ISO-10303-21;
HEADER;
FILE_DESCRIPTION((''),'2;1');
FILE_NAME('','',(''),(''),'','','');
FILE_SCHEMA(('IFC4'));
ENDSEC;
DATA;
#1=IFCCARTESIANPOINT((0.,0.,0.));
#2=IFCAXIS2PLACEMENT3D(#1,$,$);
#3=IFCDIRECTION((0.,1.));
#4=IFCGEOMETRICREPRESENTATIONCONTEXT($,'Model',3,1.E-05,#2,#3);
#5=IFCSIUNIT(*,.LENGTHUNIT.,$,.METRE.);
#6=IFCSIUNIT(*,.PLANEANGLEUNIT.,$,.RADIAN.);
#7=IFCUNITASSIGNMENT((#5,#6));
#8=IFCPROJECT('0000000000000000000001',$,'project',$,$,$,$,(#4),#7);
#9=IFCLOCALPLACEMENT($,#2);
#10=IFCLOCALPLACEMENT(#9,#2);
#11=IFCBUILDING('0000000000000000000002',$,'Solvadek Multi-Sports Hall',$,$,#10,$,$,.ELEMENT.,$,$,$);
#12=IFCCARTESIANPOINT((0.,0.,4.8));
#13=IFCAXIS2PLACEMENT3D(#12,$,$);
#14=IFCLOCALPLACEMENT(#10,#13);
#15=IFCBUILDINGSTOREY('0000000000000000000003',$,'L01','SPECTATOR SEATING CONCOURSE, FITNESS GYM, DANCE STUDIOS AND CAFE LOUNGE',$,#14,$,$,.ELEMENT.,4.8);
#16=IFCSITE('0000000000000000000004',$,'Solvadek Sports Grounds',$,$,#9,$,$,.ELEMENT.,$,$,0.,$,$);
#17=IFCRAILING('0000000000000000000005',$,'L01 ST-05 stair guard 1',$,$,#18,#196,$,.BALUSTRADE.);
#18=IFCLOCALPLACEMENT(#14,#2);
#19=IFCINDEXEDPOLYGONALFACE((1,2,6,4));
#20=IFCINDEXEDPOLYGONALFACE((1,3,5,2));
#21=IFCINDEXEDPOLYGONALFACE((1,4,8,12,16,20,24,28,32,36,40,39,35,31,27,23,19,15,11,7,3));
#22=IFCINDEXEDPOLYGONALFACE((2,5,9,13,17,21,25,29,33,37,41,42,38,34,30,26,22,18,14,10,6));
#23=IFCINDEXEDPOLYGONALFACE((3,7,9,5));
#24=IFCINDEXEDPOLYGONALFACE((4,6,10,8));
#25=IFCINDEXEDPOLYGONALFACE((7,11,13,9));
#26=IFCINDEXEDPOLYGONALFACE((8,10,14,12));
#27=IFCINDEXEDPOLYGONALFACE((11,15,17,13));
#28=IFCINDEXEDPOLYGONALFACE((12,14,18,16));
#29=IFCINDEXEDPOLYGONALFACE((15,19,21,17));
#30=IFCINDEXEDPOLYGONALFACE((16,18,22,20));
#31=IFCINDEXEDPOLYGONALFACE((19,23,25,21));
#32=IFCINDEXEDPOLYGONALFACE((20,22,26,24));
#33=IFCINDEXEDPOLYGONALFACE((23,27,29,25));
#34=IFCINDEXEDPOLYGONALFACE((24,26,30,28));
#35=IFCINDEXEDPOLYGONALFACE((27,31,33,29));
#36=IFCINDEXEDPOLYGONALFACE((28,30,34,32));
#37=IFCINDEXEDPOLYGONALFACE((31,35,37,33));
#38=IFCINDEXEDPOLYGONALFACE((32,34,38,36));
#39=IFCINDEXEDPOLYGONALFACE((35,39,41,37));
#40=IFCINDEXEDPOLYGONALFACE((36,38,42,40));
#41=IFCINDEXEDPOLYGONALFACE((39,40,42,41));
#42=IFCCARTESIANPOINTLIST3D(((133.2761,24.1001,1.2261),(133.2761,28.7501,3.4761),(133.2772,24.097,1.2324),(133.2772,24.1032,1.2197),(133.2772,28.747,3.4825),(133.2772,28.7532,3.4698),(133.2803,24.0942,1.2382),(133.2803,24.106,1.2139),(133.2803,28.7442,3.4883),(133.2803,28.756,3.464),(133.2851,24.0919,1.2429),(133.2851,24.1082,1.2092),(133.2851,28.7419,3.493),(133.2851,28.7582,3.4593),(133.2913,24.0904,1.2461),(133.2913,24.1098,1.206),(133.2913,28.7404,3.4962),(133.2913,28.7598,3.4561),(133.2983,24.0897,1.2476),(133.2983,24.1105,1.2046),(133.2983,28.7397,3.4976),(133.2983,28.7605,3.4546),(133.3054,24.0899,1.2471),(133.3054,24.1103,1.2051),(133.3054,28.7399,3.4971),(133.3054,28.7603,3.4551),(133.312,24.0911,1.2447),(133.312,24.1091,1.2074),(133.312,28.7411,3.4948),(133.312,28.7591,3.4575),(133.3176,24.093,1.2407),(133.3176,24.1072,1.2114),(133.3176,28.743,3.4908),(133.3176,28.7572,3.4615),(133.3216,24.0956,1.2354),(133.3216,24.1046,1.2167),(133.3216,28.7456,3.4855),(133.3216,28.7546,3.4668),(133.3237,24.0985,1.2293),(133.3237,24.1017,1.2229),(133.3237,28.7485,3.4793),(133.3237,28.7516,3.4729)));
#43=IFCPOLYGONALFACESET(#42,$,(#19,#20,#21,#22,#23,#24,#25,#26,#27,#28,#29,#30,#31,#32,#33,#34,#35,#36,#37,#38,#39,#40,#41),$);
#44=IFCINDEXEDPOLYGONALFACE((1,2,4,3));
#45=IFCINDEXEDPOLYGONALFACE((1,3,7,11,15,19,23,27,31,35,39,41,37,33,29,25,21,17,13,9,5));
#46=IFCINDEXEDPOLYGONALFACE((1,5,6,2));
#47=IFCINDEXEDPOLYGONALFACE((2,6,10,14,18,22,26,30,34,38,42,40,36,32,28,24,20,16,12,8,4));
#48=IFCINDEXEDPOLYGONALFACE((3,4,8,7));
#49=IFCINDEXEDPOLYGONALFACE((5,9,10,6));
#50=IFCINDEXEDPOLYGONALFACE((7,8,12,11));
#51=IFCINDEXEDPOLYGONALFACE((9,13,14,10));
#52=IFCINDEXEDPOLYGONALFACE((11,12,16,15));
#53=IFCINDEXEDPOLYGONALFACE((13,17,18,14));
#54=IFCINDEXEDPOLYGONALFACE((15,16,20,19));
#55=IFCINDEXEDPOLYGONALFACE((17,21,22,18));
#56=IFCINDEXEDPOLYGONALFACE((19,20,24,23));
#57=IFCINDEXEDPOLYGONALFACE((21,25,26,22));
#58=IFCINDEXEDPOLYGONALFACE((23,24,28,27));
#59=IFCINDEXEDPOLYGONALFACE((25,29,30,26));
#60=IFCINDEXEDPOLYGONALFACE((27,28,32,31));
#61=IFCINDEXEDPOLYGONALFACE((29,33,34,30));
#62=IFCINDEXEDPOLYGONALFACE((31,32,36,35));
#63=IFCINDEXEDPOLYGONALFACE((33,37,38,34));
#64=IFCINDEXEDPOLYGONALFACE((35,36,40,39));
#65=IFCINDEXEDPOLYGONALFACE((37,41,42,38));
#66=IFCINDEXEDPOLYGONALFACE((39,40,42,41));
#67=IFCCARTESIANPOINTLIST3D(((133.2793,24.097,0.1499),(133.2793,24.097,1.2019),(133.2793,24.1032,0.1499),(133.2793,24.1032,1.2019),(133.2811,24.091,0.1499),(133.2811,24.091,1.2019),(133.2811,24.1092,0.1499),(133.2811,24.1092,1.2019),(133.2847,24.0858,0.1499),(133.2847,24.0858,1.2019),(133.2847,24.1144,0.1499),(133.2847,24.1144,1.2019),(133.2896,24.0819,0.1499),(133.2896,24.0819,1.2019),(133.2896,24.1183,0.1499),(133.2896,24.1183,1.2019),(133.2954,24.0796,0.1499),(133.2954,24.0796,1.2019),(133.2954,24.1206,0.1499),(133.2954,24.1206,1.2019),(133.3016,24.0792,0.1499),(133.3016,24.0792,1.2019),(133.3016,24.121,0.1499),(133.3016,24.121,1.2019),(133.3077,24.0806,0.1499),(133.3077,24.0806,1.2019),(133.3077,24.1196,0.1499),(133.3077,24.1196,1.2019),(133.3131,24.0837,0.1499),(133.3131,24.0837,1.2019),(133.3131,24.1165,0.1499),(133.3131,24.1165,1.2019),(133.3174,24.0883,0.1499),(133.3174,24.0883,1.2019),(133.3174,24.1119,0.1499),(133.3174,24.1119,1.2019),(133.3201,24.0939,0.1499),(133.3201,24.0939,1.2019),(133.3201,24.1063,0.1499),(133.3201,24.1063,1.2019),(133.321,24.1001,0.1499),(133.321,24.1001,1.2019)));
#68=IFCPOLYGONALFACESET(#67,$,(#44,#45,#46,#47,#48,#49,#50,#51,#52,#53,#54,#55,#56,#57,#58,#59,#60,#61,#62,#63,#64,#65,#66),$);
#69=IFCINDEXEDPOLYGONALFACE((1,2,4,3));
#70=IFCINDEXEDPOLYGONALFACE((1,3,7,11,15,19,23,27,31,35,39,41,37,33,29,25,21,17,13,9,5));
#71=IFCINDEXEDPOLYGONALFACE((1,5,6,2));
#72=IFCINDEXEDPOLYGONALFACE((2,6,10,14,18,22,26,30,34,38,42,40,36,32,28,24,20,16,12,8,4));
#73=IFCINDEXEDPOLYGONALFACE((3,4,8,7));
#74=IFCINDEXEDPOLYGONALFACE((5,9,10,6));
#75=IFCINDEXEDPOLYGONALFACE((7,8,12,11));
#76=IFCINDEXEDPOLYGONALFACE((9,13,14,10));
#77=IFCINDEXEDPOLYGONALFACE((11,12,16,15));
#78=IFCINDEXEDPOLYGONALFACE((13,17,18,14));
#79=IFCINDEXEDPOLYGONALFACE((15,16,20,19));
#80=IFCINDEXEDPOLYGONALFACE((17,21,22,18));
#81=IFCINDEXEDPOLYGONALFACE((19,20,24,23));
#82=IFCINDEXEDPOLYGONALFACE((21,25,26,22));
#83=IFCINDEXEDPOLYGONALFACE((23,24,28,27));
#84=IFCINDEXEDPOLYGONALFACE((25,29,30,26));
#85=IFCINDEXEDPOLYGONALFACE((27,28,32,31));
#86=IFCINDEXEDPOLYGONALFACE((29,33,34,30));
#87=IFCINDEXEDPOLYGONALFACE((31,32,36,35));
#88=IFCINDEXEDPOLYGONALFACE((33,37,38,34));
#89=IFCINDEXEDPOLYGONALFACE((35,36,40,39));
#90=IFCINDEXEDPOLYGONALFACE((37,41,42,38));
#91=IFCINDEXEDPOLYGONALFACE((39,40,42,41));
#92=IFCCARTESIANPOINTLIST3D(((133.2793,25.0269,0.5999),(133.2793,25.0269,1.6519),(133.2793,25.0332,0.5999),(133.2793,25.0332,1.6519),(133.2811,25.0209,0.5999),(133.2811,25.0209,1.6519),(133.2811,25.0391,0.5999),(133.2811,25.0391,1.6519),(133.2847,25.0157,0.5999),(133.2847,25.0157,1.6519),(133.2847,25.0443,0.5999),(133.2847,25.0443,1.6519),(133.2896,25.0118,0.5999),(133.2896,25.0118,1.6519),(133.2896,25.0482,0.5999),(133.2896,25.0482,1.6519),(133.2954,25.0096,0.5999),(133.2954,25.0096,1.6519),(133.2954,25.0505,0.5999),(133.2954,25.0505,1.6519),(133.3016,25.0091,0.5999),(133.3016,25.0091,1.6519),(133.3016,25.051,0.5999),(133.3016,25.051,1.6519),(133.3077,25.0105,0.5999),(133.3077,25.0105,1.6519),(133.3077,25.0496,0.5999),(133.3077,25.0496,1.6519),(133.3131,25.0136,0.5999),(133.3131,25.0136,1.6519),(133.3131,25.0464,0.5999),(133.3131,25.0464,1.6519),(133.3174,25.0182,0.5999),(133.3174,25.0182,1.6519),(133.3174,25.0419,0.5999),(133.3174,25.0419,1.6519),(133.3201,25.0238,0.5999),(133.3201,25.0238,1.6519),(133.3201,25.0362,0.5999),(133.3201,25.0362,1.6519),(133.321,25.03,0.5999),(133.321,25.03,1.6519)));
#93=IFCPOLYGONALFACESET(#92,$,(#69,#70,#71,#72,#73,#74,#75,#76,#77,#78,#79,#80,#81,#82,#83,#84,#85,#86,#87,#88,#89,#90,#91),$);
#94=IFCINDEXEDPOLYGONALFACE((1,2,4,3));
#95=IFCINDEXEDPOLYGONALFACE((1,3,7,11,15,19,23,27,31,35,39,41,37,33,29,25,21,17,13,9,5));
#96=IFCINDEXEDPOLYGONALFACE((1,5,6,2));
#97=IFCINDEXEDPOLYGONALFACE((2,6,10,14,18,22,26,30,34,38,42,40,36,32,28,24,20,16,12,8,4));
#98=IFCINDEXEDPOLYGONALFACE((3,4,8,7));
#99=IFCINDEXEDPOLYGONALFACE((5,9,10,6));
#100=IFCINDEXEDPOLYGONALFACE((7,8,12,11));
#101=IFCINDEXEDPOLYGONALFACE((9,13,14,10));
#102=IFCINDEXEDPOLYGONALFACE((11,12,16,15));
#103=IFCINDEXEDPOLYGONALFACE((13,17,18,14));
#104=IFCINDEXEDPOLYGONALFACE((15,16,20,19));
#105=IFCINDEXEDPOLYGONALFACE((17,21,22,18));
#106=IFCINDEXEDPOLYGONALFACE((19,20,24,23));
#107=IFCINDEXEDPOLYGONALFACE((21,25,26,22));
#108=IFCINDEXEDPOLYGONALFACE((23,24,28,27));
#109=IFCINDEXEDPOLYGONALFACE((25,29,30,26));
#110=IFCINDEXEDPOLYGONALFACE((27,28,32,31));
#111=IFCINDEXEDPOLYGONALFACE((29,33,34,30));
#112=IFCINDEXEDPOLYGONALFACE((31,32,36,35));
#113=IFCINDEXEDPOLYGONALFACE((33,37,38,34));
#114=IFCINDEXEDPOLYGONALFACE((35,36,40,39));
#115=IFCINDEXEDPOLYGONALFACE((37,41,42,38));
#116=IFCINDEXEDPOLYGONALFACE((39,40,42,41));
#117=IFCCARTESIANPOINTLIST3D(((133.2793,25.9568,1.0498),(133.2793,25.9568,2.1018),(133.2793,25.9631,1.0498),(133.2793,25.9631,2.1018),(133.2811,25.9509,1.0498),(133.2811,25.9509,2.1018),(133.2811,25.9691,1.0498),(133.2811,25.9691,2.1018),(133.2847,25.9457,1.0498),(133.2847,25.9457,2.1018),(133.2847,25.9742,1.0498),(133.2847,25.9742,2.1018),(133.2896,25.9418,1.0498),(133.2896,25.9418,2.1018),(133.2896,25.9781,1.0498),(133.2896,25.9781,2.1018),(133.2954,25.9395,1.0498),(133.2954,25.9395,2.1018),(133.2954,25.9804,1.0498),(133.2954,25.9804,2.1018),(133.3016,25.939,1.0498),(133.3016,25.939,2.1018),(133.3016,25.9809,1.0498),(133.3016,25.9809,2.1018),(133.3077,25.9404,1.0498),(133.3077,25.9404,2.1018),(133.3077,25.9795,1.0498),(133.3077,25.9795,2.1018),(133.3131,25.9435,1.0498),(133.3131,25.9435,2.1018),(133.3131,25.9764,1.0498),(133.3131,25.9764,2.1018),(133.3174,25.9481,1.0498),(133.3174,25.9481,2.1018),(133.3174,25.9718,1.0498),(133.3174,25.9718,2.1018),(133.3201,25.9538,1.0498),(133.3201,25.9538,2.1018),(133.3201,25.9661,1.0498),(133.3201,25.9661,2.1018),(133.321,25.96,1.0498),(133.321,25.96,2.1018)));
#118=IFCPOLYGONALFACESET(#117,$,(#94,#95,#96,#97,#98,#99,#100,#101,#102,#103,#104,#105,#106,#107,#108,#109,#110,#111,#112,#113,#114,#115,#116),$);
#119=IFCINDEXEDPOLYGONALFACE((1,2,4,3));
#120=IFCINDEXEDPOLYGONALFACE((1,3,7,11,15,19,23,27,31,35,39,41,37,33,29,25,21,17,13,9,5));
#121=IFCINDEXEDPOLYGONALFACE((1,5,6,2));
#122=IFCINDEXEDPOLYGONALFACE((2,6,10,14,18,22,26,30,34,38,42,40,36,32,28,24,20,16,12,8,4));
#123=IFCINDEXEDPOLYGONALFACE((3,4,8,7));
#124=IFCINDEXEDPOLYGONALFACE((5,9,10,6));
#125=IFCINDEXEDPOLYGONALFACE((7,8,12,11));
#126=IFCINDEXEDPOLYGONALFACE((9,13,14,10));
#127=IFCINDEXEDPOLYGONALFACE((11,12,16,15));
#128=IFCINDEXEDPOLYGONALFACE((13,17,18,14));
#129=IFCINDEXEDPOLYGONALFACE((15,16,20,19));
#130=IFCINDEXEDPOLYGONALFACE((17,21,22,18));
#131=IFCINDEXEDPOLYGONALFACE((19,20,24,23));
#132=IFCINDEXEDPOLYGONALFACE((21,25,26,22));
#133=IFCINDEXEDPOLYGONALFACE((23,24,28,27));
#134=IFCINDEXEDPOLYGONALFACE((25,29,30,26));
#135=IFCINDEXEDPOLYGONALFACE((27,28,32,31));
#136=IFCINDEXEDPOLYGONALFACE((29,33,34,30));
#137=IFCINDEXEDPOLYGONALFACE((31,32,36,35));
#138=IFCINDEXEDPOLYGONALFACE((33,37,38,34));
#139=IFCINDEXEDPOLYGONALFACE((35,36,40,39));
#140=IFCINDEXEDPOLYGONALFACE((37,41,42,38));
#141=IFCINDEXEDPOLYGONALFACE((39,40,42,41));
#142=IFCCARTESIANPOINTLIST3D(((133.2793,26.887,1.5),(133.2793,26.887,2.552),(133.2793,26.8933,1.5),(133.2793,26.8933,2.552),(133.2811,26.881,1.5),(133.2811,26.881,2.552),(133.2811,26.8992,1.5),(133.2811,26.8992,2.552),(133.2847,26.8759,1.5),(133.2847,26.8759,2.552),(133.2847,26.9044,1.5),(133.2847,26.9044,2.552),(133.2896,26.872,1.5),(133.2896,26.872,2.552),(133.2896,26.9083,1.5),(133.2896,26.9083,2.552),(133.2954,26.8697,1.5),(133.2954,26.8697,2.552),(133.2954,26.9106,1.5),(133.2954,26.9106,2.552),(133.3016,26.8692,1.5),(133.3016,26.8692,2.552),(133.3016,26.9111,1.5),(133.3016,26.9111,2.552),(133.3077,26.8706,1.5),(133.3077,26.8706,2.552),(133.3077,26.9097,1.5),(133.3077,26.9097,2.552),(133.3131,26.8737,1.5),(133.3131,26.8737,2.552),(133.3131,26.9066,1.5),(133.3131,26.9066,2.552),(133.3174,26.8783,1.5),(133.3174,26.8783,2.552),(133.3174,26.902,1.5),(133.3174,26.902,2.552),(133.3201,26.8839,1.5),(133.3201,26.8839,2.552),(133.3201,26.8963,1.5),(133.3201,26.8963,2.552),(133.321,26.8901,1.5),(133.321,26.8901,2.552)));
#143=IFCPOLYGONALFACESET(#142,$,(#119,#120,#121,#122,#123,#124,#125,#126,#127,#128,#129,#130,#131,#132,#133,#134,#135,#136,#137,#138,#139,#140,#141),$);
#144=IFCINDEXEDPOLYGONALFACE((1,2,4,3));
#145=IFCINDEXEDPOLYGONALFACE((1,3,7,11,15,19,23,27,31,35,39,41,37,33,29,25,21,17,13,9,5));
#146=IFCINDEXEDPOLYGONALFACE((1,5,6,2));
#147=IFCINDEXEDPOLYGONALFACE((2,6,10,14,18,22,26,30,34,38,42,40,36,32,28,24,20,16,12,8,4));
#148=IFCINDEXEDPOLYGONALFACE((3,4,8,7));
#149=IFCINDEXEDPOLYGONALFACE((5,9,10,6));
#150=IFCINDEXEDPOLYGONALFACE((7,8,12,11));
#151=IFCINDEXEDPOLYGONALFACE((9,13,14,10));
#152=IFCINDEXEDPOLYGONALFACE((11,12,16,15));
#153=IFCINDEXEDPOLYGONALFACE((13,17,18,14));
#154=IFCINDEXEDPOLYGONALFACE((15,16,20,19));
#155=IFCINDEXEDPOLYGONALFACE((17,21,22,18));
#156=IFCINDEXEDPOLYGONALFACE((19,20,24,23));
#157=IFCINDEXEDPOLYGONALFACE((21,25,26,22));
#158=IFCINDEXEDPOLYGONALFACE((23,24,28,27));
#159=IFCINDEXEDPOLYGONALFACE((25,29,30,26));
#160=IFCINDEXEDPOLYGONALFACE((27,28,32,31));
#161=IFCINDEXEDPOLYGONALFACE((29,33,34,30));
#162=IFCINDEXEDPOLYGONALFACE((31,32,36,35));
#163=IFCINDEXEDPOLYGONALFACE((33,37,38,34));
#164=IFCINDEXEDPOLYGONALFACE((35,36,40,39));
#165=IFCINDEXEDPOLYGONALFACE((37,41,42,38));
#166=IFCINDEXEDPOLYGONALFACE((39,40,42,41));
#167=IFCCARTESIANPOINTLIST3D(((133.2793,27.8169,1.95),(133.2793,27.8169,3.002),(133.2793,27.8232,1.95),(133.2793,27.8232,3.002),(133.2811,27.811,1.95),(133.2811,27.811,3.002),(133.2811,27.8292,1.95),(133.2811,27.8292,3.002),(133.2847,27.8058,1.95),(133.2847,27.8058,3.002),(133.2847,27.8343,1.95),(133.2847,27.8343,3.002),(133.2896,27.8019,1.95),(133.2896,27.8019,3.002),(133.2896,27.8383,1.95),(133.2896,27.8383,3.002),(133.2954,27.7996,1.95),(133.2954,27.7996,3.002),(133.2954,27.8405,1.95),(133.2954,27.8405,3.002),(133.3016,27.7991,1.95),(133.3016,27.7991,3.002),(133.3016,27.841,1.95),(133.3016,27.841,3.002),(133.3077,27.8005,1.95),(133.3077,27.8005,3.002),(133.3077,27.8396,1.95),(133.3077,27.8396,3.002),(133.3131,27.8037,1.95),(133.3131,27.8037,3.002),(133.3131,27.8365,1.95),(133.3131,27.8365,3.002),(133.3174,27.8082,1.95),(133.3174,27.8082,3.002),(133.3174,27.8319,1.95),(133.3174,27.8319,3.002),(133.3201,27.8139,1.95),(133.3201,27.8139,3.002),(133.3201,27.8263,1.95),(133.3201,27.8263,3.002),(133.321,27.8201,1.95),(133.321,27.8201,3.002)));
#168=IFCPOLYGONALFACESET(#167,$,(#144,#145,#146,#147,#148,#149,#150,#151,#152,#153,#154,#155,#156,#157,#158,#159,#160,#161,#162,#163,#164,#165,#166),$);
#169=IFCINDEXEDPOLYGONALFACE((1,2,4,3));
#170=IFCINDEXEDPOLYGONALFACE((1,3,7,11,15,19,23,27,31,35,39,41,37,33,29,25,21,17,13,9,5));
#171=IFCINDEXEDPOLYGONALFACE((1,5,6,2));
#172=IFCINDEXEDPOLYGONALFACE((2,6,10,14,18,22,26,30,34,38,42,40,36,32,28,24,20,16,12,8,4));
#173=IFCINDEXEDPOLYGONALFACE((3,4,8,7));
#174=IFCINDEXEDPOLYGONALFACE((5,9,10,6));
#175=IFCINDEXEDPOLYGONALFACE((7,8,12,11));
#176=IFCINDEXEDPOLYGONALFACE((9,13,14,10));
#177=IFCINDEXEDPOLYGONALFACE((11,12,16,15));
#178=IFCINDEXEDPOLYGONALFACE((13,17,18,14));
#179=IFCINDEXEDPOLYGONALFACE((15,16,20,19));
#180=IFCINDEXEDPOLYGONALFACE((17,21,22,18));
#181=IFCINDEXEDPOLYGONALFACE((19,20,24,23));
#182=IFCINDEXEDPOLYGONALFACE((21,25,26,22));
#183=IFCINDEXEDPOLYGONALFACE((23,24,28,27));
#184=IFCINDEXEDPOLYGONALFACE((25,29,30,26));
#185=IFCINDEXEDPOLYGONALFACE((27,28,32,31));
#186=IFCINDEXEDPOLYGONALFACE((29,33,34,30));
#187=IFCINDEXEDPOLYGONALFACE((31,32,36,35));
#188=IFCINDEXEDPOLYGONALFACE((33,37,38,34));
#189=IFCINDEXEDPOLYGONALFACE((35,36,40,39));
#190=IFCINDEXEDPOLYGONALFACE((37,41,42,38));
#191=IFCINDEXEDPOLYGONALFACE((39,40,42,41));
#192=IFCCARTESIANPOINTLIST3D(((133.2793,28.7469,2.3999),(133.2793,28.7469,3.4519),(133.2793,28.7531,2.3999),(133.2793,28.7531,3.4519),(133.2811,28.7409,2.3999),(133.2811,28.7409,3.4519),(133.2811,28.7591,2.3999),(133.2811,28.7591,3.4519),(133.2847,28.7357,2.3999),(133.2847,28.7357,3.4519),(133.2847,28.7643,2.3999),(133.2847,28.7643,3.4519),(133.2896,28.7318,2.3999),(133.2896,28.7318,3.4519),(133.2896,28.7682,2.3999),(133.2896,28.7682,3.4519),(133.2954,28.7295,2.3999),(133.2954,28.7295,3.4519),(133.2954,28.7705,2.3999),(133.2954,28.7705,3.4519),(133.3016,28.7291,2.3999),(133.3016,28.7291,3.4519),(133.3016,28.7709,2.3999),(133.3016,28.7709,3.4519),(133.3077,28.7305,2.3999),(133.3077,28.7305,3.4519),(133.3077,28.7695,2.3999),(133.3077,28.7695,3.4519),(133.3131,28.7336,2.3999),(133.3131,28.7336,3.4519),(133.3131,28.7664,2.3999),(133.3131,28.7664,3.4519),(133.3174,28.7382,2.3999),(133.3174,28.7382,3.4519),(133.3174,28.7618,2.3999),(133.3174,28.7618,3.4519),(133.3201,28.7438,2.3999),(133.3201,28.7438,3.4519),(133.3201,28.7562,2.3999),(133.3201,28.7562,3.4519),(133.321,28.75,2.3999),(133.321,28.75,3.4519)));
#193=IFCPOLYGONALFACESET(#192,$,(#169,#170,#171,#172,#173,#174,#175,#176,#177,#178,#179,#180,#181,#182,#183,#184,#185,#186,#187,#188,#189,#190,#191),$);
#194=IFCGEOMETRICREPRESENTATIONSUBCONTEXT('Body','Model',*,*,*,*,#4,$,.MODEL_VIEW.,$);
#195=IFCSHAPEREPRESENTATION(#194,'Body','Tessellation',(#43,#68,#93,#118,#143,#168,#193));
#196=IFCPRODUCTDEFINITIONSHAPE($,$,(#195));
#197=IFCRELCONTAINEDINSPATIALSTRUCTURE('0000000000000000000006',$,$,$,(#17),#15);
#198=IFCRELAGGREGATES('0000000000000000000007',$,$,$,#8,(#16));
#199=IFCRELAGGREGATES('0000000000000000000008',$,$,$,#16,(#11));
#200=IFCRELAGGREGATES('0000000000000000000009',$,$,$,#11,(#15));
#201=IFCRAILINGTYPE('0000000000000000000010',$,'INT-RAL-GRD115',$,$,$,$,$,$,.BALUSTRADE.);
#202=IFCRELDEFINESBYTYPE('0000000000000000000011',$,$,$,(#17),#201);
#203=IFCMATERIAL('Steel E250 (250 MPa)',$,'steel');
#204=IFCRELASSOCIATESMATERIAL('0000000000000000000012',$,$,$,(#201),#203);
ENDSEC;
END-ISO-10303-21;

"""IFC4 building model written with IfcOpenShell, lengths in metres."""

from ifc_helpers import new_model, si_unit, direction, frame, origin, origin_2d, place, context, subcontext, project, spatial, circle, extrude, material, type_object, element, save


model = new_model("IFC4")

# Units and contexts
model_context = context("Model", 3, precision=1e-05, world=origin(), true_north=direction((0.0, 1.0)))
body_context = subcontext(model_context, "Body", "Model", "MODEL_VIEW")
ifc_project = project(units=[si_unit("LENGTHUNIT", "METRE"), si_unit("PLANEANGLEUNIT", "RADIAN")], contexts=[model_context])

# Site, building, storey
site_placement = place(None, origin())
site = spatial("IfcSite", under=ifc_project, at=site_placement, Name="Solvadek Sports Grounds", CompositionType="ELEMENT", RefElevation=0.0)
building_placement = place(site_placement, origin())
building = spatial("IfcBuilding", under=site, at=building_placement, Name="Solvadek Multi-Sports Hall", CompositionType="ELEMENT")
storey_placement = place(building_placement, frame((0.0, 0.0, 4.8)))
storey = spatial("IfcBuildingStorey", under=building, at=storey_placement, Name="L01", Description="SPECTATOR SEATING CONCOURSE, FITNESS GYM, DANCE STUDIOS AND CAFE LOUNGE", CompositionType="ELEMENT", Elevation=4.8)

# Shared definitions
ifc_material_1 = material(Name="Steel E250 (250 MPa)", Category="steel")

# Railing
railing_type_1 = type_object("IfcRailingType", Name="INT-RAL-GRD115", PredefinedType="BALUSTRADE", material=ifc_material_1)
railing_1_placement = place(storey_placement, frame((133.3, 24.1001, 0.1499)))
element("IfcRailing", 1, at=railing_1_placement, inside=storey, type_object=railing_type_1, Name="L01 ST-05 stair guard 1", PredefinedType="BALUSTRADE", context=body_context, shape_type="SweptSolid", body=[
    extrude(circle(Radius=0.0239, at=origin_2d()), frame((0.0, 0.0, 1.0762), z_axis=(0.0, 0.900156, 0.435568), x_axis=(-1.0, 0.0, 0.0)), (0.0, 0.0, 1.0), 5.1658),
    extrude(circle(Radius=0.021, at=origin_2d()), origin(), (0.0, 0.0, 1.0), 1.052),
    extrude(circle(Radius=0.021, at=origin_2d()), frame((0.0, 0.9299, 0.45)), (0.0, 0.0, 1.0), 1.052),
    extrude(circle(Radius=0.021, at=origin_2d()), frame((0.0, 1.8599, 0.8999)), (0.0, 0.0, 1.0), 1.052),
    extrude(circle(Radius=0.021, at=origin_2d()), frame((0.0, 2.79, 1.3501)), (0.0, 0.0, 1.0), 1.052),
    extrude(circle(Radius=0.021, at=origin_2d()), frame((0.0, 3.72, 1.8)), (0.0, 0.0, 1.0), 1.052),
    extrude(circle(Radius=0.021, at=origin_2d()), frame((0.0, 4.6499, 2.25)), (0.0, 0.0, 1.0), 1.052),
])

save(model, "model.ifc")
